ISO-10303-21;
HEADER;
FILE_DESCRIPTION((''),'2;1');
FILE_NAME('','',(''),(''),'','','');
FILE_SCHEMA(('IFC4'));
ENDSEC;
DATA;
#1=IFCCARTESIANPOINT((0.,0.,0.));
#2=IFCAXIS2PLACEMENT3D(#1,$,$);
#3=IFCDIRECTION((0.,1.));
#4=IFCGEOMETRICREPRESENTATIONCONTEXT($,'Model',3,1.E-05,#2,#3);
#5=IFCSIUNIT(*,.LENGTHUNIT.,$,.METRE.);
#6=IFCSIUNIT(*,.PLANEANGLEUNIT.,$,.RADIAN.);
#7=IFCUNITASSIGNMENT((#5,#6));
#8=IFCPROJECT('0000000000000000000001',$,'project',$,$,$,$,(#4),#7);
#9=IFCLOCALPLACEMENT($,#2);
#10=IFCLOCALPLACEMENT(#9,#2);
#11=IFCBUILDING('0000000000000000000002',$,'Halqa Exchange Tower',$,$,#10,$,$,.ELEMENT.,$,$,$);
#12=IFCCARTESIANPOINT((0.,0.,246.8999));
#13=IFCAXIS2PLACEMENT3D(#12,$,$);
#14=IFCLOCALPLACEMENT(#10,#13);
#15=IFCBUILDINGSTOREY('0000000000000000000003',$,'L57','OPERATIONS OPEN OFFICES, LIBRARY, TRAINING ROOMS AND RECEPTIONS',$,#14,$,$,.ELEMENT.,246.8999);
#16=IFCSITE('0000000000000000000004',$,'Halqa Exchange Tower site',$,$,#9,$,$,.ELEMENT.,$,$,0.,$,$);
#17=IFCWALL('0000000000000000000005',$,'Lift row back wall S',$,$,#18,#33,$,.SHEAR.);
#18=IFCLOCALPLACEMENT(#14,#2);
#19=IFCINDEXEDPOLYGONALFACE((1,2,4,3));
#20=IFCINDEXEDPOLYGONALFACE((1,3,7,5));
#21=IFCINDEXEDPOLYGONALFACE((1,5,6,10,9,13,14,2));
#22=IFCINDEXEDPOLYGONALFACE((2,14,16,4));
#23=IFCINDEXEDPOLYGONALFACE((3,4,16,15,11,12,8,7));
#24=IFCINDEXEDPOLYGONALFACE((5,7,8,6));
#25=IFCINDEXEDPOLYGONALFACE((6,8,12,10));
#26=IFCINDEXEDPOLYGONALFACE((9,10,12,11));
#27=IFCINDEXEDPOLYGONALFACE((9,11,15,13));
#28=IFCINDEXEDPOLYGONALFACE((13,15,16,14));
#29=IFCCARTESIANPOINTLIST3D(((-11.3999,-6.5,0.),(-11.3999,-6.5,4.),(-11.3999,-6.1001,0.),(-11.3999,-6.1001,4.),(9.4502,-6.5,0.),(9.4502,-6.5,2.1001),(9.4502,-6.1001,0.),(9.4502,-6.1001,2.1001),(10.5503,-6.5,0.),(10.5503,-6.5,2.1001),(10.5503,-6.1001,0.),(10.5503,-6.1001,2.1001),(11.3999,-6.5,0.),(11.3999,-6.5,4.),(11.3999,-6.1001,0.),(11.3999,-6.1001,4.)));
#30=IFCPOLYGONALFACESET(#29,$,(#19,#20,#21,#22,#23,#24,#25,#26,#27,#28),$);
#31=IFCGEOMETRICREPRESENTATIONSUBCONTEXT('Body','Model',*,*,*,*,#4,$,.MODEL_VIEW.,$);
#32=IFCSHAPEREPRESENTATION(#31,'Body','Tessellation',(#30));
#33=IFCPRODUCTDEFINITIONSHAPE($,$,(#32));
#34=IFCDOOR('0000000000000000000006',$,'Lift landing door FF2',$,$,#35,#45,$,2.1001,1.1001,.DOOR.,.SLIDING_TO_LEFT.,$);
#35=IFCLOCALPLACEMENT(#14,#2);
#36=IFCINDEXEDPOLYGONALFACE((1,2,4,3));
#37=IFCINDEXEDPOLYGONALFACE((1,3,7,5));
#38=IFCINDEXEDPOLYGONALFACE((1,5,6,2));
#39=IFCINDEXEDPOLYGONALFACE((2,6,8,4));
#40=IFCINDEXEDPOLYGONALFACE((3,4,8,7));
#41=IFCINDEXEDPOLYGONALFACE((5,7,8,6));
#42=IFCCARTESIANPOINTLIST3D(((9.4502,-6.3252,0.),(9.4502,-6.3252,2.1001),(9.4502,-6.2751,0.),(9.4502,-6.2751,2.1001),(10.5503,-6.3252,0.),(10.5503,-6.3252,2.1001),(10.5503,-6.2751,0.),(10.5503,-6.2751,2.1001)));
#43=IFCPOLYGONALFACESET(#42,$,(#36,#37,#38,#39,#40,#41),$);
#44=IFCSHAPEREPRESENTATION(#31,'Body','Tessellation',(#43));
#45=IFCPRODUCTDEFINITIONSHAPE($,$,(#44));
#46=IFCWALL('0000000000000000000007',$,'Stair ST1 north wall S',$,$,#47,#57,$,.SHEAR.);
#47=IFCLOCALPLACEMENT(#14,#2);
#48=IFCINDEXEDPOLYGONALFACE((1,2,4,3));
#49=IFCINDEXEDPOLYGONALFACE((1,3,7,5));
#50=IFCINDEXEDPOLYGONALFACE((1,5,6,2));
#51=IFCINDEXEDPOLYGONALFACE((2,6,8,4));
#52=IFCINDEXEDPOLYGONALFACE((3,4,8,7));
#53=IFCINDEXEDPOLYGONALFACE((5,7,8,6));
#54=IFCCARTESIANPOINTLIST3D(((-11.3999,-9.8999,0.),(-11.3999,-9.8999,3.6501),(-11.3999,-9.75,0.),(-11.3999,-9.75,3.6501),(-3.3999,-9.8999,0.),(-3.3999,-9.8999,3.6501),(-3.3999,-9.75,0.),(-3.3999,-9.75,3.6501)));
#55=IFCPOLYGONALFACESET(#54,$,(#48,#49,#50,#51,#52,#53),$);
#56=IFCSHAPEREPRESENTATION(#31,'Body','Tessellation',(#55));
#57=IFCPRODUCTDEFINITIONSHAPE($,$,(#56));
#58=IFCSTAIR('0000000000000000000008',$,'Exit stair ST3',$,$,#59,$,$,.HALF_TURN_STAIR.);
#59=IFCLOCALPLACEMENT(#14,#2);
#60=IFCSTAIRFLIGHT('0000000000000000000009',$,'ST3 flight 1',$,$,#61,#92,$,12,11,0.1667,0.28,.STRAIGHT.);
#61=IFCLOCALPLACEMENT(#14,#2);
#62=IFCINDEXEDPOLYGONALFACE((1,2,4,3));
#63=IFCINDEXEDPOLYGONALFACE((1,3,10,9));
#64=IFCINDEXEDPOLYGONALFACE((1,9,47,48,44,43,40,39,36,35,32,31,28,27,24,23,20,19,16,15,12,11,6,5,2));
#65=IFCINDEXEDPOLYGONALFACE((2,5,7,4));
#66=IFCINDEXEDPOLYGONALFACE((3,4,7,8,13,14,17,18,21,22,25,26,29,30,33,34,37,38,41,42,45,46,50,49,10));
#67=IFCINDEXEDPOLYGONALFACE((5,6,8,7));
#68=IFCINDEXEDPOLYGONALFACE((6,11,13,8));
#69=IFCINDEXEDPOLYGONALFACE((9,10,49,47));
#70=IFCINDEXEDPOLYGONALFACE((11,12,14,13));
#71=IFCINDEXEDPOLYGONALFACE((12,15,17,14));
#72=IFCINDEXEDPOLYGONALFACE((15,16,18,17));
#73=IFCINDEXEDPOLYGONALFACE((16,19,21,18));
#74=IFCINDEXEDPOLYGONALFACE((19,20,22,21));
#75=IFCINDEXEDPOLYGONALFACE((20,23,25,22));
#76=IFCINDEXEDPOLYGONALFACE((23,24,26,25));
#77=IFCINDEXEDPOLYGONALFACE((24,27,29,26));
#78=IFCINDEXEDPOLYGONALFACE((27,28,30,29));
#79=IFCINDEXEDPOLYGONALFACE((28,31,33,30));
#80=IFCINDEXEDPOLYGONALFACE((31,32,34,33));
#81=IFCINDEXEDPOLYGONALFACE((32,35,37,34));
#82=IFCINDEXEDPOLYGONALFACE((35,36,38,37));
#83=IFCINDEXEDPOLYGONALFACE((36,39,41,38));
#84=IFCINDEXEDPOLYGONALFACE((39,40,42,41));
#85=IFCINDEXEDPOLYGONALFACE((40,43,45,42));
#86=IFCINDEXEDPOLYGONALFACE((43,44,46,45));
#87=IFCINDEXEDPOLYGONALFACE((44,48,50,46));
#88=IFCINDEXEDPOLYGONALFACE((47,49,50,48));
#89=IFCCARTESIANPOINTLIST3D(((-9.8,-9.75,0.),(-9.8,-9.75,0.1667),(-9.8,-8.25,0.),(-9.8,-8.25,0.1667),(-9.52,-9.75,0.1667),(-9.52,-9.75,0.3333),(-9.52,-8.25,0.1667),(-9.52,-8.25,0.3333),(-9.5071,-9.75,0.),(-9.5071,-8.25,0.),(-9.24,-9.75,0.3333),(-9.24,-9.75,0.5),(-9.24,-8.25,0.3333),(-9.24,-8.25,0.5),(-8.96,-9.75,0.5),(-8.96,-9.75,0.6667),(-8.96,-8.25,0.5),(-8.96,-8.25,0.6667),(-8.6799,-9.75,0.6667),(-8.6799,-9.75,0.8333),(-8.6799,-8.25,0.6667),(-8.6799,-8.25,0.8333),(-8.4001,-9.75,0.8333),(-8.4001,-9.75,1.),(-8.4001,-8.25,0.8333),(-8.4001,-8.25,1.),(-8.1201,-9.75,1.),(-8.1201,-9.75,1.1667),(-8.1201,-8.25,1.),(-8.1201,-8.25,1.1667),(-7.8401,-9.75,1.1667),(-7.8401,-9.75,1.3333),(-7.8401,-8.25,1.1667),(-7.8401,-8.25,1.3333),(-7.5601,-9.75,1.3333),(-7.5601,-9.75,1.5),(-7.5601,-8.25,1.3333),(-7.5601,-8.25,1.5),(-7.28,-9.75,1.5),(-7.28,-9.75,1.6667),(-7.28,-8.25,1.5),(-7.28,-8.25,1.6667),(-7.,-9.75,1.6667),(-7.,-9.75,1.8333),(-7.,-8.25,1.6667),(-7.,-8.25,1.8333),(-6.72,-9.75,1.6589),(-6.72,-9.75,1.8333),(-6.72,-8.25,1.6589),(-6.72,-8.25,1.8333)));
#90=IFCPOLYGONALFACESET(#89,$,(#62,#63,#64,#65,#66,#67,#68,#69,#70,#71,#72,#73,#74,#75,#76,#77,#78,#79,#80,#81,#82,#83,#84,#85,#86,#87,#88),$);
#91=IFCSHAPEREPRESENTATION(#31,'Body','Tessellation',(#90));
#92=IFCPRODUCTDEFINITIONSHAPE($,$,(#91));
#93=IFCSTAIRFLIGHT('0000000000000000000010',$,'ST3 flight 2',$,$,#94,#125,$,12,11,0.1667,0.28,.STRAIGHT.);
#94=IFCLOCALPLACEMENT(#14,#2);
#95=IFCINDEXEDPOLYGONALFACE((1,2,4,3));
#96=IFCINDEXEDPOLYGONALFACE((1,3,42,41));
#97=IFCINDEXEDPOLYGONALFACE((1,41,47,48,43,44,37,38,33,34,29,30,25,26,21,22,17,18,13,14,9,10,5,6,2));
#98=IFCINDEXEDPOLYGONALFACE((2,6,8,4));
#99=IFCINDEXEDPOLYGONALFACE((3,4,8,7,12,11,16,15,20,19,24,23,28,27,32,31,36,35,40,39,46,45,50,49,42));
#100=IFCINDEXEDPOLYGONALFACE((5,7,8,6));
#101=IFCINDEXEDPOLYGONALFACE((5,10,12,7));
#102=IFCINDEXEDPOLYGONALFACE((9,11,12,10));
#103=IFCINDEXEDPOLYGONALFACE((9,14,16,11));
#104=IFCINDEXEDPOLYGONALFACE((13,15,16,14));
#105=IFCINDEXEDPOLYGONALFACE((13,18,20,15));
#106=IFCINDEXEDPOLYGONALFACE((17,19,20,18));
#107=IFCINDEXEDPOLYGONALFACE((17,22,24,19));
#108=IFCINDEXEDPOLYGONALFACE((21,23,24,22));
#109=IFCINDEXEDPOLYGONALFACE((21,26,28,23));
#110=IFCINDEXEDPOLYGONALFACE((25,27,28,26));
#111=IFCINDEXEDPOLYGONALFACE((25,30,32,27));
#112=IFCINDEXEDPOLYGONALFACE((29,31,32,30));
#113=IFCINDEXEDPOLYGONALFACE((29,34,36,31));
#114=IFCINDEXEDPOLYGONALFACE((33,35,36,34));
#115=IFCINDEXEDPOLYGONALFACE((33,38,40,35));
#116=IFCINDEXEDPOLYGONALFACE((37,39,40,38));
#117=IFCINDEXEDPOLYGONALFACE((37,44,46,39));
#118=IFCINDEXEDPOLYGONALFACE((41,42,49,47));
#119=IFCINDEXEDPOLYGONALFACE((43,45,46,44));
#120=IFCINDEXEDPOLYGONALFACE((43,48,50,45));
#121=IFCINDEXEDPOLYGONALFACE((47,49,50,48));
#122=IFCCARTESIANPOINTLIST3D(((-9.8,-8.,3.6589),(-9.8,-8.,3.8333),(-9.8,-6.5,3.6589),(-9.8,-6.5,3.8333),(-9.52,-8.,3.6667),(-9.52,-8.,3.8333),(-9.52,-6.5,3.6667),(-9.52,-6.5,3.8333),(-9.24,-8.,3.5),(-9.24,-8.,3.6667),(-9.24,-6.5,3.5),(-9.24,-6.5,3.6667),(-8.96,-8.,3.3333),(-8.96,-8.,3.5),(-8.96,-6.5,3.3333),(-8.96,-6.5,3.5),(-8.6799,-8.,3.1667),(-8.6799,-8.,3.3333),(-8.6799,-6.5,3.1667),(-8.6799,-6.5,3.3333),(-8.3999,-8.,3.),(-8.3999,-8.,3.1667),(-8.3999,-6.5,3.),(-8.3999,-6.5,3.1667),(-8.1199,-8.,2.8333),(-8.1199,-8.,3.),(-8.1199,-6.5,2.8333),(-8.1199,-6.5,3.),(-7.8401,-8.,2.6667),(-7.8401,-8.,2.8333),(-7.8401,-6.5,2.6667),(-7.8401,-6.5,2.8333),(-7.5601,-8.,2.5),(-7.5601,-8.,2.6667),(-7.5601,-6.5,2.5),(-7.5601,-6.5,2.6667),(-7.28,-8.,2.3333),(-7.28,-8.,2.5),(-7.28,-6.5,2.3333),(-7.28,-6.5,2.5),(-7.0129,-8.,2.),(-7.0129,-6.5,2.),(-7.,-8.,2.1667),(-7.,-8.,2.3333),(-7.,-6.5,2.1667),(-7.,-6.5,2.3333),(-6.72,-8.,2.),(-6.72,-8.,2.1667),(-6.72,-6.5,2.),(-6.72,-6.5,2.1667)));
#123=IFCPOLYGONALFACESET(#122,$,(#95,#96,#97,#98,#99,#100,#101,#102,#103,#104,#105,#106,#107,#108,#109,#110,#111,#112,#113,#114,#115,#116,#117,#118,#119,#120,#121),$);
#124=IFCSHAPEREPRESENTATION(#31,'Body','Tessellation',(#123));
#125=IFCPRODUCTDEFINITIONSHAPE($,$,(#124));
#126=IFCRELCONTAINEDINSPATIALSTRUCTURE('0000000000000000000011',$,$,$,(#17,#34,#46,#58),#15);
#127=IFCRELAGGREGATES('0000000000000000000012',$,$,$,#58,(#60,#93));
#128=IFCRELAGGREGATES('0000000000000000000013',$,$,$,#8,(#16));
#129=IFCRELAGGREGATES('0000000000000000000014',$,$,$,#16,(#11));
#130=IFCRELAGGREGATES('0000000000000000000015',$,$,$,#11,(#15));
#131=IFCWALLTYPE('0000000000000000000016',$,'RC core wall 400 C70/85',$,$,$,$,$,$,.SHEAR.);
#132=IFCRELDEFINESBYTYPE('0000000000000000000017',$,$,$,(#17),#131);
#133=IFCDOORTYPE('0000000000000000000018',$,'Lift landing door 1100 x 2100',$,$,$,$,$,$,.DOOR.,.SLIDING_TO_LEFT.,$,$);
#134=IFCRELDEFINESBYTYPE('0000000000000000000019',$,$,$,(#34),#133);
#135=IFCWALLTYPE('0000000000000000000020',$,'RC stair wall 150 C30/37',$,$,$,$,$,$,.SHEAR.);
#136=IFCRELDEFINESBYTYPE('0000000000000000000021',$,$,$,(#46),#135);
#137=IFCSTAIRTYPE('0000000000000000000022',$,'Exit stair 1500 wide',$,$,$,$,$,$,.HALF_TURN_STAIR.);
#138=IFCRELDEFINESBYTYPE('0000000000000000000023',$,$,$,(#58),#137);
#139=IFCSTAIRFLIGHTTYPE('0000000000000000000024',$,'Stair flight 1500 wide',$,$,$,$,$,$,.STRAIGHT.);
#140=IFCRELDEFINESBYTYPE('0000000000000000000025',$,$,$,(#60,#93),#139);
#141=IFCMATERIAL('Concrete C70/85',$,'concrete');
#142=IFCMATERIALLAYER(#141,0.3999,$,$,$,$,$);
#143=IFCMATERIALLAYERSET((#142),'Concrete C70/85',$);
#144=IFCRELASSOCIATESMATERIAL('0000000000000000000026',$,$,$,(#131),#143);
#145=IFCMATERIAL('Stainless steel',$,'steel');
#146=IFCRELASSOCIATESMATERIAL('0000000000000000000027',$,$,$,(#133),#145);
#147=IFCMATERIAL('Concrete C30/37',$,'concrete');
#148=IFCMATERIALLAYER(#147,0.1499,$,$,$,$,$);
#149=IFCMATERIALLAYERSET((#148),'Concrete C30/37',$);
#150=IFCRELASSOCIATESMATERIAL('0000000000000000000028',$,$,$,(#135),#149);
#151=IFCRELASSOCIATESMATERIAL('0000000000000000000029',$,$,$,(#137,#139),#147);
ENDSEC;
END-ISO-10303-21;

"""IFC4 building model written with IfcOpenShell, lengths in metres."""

from ifc_helpers import new_model, si_unit, direction, frame, frame_2d, origin, place, context, subcontext, project, spatial, polyline, rectangle, outline, extrude, material, layer, layer_set, type_object, element, fill, aggregate, save


model = new_model("IFC4")

# Units and contexts
model_context = context("Model", 3, precision=1e-05, world=origin(), true_north=direction((0.0, 1.0)))
body_context = subcontext(model_context, "Body", "Model", "MODEL_VIEW")
ifc_project = project(units=[si_unit("LENGTHUNIT", "METRE"), si_unit("PLANEANGLEUNIT", "RADIAN")], contexts=[model_context])

# Site, building, storey
site_placement = place(None, origin())
site = spatial("IfcSite", under=ifc_project, at=site_placement, Name="Halqa Exchange Tower site", CompositionType="ELEMENT", RefElevation=0.0)
building_placement = place(site_placement, origin())
building = spatial("IfcBuilding", under=site, at=building_placement, Name="Halqa Exchange Tower", CompositionType="ELEMENT")
storey_placement = place(building_placement, frame((0.0, 0.0, 246.8999)))
storey = spatial("IfcBuildingStorey", under=building, at=storey_placement, Name="L57", Description="OPERATIONS OPEN OFFICES, LIBRARY, TRAINING ROOMS AND RECEPTIONS", CompositionType="ELEMENT", Elevation=246.8999)

# Shared definitions
ifc_material_1 = material(Name="Concrete C70/85", Category="concrete")
ifc_layer_1 = layer(ifc_material_1, 0.3999)
ifc_layer_set_1 = layer_set([ifc_layer_1], Name="Concrete C70/85")
wall_type_1 = type_object("IfcWallType", Name="RC core wall 400 C70/85", PredefinedType="SHEAR", material=ifc_layer_set_1)
ifc_material_2 = material(Name="Stainless steel", Category="steel")
door_type_1 = type_object("IfcDoorType", Name="Lift landing door 1100 x 2100", OperationType="SLIDING_TO_LEFT", PredefinedType="DOOR", material=ifc_material_2)

# Wall, opening, door
wall_1_placement = place(storey_placement, frame((-11.3999, -6.3, 0.0), z_axis=(0.0, 0.0, 1.0), x_axis=(1.0, 0.0, 0.0)))
wall_1 = element("IfcWall", 1, at=wall_1_placement, inside=storey, type_object=wall_type_1, Name="Lift row back wall S", PredefinedType="SHEAR", context=body_context, shape_type="SweptSolid", body=[
    extrude(rectangle(XDim=22.7998, YDim=0.3999, at=frame_2d((11.3999, 0.0))), origin(), (0.0, 0.0, 1.0), 4.0),
])
opening_1_placement = place(wall_1_placement, frame((20.8501, 0.0, 0.0)))
opening_1 = element("IfcOpeningElement", 2, at=opening_1_placement, cuts=wall_1, PredefinedType="OPENING", context=body_context, shape_type="SweptSolid", body=[
    extrude(rectangle(XDim=1.1001, YDim=2.1001, at=frame_2d((0.55, 1.05))), frame((0.0, 0.2119, 0.0), z_axis=(0.0, -1.0, 0.0), x_axis=(1.0, 0.0, 0.0)), (0.0, 0.0, 1.0), 0.4238),
])
door_1_placement = place(opening_1_placement, origin())
door_1 = element("IfcDoor", 3, at=door_1_placement, inside=storey, type_object=door_type_1, Name="Lift landing door FF2", OperationType="SLIDING_TO_LEFT", OverallHeight=2.1001, OverallWidth=1.1001, PredefinedType="DOOR", context=body_context, shape_type="SweptSolid", body=[
    extrude(rectangle(XDim=1.1001, YDim=2.1001, at=frame_2d((0.55, 1.05))), frame((0.0, 0.0249, 0.0), z_axis=(0.0, -1.0, 0.0), x_axis=(1.0, 0.0, 0.0)), (0.0, 0.0, 1.0), 0.05),
])
fill(opening_1, door_1)

# Wall
ifc_material_3 = material(Name="Concrete C30/37", Category="concrete")
ifc_layer_2 = layer(ifc_material_3, 0.1499)
ifc_layer_set_2 = layer_set([ifc_layer_2], Name="Concrete C30/37")
wall_type_2 = type_object("IfcWallType", Name="RC stair wall 150 C30/37", PredefinedType="SHEAR", material=ifc_layer_set_2)
wall_2_placement = place(storey_placement, frame((-11.3999, -9.825, 0.0), z_axis=(0.0, 0.0, 1.0), x_axis=(1.0, 0.0, 0.0)))
element("IfcWall", 4, at=wall_2_placement, inside=storey, type_object=wall_type_2, Name="Stair ST1 north wall S", PredefinedType="SHEAR", context=body_context, shape_type="SweptSolid", body=[
    extrude(rectangle(XDim=8.0, YDim=0.1499, at=frame_2d((4.0, 0.0))), origin(), (0.0, 0.0, 1.0), 3.6501),
])

# Stair, stair flights
stair_type = type_object("IfcStairType", Name="Exit stair 1500 wide", PredefinedType="HALF_TURN_STAIR", material=ifc_material_3)
stair_placement = place(storey_placement, origin())
stair = element("IfcStair", 5, at=stair_placement, inside=storey, type_object=stair_type, Name="Exit stair ST3", PredefinedType="HALF_TURN_STAIR")
stair_flight_type = type_object("IfcStairFlightType", Name="Stair flight 1500 wide", PredefinedType="STRAIGHT", material=ifc_material_3)
stair_flight_1_placement = place(storey_placement, frame((-9.8, -9.0, 0.0), z_axis=(0.0, 0.0, 1.0), x_axis=(1.0, 0.0, 0.0)))
stair_flight_1 = element("IfcStairFlight", 6, at=stair_flight_1_placement, type_object=stair_flight_type, Name="ST3 flight 1", NumberOfRisers=12, NumberOfTreads=11, PredefinedType="STRAIGHT", RiserHeight=0.1667, TreadLength=0.28, context=body_context, shape_type="SweptSolid", body=[
    extrude(outline(polyline([(0.0, 0.0), (0.0, 0.1667), (0.28, 0.1667), (0.28, 0.3333), (0.5601, 0.3333), (0.5601, 0.5), (0.8401, 0.5), (0.8401, 0.6667), (1.1201, 0.6667), (1.1201, 0.8333), (1.3999, 0.8333), (1.3999, 1.0), (1.6799, 1.0), (1.6799, 1.1667), (1.96, 1.1667), (1.96, 1.3333), (2.24, 1.3333), (2.24, 1.5), (2.52, 1.5), (2.52, 1.6667), (2.8, 1.6667), (2.8, 1.8333), (3.0801, 1.8333), (3.0801, 2.0), (3.0801, 1.6589), (0.293, 0.0), (0.0, 0.0)])), frame((0.0, 0.75, 0.0), z_axis=(0.0, -1.0, 0.0), x_axis=(1.0, 0.0, 0.0)), (0.0, 0.0, 1.0), 1.5),
])
stair_flight_2_placement = place(storey_placement, frame((-6.72, -7.25, 2.0), z_axis=(0.0, 0.0, 1.0), x_axis=(-1.0, 0.0, 0.0)))
stair_flight_2 = element("IfcStairFlight", 7, at=stair_flight_2_placement, type_object=stair_flight_type, Name="ST3 flight 2", NumberOfRisers=12, NumberOfTreads=11, PredefinedType="STRAIGHT", RiserHeight=0.1667, TreadLength=0.28, context=body_context, shape_type="SweptSolid", body=[
    extrude(outline(polyline([(0.0, 0.0), (0.0, 0.1667), (0.28, 0.1667), (0.28, 0.3333), (0.5601, 0.3333), (0.5601, 0.5), (0.8401, 0.5), (0.8401, 0.6667), (1.1201, 0.6667), (1.1201, 0.8333), (1.3999, 0.8333), (1.3999, 1.0), (1.6799, 1.0), (1.6799, 1.1667), (1.96, 1.1667), (1.96, 1.3333), (2.24, 1.3333), (2.24, 1.5), (2.52, 1.5), (2.52, 1.6667), (2.8, 1.6667), (2.8, 1.8333), (3.0801, 1.8333), (3.0801, 2.0), (3.0801, 1.6589), (0.293, 0.0), (0.0, 0.0)])), frame((0.0, 0.75, 0.0), z_axis=(0.0, -1.0, 0.0), x_axis=(1.0, 0.0, 0.0)), (0.0, 0.0, 1.0), 1.5),
])
aggregate(stair, [stair_flight_1, stair_flight_2])

save(model, "model.ifc")
